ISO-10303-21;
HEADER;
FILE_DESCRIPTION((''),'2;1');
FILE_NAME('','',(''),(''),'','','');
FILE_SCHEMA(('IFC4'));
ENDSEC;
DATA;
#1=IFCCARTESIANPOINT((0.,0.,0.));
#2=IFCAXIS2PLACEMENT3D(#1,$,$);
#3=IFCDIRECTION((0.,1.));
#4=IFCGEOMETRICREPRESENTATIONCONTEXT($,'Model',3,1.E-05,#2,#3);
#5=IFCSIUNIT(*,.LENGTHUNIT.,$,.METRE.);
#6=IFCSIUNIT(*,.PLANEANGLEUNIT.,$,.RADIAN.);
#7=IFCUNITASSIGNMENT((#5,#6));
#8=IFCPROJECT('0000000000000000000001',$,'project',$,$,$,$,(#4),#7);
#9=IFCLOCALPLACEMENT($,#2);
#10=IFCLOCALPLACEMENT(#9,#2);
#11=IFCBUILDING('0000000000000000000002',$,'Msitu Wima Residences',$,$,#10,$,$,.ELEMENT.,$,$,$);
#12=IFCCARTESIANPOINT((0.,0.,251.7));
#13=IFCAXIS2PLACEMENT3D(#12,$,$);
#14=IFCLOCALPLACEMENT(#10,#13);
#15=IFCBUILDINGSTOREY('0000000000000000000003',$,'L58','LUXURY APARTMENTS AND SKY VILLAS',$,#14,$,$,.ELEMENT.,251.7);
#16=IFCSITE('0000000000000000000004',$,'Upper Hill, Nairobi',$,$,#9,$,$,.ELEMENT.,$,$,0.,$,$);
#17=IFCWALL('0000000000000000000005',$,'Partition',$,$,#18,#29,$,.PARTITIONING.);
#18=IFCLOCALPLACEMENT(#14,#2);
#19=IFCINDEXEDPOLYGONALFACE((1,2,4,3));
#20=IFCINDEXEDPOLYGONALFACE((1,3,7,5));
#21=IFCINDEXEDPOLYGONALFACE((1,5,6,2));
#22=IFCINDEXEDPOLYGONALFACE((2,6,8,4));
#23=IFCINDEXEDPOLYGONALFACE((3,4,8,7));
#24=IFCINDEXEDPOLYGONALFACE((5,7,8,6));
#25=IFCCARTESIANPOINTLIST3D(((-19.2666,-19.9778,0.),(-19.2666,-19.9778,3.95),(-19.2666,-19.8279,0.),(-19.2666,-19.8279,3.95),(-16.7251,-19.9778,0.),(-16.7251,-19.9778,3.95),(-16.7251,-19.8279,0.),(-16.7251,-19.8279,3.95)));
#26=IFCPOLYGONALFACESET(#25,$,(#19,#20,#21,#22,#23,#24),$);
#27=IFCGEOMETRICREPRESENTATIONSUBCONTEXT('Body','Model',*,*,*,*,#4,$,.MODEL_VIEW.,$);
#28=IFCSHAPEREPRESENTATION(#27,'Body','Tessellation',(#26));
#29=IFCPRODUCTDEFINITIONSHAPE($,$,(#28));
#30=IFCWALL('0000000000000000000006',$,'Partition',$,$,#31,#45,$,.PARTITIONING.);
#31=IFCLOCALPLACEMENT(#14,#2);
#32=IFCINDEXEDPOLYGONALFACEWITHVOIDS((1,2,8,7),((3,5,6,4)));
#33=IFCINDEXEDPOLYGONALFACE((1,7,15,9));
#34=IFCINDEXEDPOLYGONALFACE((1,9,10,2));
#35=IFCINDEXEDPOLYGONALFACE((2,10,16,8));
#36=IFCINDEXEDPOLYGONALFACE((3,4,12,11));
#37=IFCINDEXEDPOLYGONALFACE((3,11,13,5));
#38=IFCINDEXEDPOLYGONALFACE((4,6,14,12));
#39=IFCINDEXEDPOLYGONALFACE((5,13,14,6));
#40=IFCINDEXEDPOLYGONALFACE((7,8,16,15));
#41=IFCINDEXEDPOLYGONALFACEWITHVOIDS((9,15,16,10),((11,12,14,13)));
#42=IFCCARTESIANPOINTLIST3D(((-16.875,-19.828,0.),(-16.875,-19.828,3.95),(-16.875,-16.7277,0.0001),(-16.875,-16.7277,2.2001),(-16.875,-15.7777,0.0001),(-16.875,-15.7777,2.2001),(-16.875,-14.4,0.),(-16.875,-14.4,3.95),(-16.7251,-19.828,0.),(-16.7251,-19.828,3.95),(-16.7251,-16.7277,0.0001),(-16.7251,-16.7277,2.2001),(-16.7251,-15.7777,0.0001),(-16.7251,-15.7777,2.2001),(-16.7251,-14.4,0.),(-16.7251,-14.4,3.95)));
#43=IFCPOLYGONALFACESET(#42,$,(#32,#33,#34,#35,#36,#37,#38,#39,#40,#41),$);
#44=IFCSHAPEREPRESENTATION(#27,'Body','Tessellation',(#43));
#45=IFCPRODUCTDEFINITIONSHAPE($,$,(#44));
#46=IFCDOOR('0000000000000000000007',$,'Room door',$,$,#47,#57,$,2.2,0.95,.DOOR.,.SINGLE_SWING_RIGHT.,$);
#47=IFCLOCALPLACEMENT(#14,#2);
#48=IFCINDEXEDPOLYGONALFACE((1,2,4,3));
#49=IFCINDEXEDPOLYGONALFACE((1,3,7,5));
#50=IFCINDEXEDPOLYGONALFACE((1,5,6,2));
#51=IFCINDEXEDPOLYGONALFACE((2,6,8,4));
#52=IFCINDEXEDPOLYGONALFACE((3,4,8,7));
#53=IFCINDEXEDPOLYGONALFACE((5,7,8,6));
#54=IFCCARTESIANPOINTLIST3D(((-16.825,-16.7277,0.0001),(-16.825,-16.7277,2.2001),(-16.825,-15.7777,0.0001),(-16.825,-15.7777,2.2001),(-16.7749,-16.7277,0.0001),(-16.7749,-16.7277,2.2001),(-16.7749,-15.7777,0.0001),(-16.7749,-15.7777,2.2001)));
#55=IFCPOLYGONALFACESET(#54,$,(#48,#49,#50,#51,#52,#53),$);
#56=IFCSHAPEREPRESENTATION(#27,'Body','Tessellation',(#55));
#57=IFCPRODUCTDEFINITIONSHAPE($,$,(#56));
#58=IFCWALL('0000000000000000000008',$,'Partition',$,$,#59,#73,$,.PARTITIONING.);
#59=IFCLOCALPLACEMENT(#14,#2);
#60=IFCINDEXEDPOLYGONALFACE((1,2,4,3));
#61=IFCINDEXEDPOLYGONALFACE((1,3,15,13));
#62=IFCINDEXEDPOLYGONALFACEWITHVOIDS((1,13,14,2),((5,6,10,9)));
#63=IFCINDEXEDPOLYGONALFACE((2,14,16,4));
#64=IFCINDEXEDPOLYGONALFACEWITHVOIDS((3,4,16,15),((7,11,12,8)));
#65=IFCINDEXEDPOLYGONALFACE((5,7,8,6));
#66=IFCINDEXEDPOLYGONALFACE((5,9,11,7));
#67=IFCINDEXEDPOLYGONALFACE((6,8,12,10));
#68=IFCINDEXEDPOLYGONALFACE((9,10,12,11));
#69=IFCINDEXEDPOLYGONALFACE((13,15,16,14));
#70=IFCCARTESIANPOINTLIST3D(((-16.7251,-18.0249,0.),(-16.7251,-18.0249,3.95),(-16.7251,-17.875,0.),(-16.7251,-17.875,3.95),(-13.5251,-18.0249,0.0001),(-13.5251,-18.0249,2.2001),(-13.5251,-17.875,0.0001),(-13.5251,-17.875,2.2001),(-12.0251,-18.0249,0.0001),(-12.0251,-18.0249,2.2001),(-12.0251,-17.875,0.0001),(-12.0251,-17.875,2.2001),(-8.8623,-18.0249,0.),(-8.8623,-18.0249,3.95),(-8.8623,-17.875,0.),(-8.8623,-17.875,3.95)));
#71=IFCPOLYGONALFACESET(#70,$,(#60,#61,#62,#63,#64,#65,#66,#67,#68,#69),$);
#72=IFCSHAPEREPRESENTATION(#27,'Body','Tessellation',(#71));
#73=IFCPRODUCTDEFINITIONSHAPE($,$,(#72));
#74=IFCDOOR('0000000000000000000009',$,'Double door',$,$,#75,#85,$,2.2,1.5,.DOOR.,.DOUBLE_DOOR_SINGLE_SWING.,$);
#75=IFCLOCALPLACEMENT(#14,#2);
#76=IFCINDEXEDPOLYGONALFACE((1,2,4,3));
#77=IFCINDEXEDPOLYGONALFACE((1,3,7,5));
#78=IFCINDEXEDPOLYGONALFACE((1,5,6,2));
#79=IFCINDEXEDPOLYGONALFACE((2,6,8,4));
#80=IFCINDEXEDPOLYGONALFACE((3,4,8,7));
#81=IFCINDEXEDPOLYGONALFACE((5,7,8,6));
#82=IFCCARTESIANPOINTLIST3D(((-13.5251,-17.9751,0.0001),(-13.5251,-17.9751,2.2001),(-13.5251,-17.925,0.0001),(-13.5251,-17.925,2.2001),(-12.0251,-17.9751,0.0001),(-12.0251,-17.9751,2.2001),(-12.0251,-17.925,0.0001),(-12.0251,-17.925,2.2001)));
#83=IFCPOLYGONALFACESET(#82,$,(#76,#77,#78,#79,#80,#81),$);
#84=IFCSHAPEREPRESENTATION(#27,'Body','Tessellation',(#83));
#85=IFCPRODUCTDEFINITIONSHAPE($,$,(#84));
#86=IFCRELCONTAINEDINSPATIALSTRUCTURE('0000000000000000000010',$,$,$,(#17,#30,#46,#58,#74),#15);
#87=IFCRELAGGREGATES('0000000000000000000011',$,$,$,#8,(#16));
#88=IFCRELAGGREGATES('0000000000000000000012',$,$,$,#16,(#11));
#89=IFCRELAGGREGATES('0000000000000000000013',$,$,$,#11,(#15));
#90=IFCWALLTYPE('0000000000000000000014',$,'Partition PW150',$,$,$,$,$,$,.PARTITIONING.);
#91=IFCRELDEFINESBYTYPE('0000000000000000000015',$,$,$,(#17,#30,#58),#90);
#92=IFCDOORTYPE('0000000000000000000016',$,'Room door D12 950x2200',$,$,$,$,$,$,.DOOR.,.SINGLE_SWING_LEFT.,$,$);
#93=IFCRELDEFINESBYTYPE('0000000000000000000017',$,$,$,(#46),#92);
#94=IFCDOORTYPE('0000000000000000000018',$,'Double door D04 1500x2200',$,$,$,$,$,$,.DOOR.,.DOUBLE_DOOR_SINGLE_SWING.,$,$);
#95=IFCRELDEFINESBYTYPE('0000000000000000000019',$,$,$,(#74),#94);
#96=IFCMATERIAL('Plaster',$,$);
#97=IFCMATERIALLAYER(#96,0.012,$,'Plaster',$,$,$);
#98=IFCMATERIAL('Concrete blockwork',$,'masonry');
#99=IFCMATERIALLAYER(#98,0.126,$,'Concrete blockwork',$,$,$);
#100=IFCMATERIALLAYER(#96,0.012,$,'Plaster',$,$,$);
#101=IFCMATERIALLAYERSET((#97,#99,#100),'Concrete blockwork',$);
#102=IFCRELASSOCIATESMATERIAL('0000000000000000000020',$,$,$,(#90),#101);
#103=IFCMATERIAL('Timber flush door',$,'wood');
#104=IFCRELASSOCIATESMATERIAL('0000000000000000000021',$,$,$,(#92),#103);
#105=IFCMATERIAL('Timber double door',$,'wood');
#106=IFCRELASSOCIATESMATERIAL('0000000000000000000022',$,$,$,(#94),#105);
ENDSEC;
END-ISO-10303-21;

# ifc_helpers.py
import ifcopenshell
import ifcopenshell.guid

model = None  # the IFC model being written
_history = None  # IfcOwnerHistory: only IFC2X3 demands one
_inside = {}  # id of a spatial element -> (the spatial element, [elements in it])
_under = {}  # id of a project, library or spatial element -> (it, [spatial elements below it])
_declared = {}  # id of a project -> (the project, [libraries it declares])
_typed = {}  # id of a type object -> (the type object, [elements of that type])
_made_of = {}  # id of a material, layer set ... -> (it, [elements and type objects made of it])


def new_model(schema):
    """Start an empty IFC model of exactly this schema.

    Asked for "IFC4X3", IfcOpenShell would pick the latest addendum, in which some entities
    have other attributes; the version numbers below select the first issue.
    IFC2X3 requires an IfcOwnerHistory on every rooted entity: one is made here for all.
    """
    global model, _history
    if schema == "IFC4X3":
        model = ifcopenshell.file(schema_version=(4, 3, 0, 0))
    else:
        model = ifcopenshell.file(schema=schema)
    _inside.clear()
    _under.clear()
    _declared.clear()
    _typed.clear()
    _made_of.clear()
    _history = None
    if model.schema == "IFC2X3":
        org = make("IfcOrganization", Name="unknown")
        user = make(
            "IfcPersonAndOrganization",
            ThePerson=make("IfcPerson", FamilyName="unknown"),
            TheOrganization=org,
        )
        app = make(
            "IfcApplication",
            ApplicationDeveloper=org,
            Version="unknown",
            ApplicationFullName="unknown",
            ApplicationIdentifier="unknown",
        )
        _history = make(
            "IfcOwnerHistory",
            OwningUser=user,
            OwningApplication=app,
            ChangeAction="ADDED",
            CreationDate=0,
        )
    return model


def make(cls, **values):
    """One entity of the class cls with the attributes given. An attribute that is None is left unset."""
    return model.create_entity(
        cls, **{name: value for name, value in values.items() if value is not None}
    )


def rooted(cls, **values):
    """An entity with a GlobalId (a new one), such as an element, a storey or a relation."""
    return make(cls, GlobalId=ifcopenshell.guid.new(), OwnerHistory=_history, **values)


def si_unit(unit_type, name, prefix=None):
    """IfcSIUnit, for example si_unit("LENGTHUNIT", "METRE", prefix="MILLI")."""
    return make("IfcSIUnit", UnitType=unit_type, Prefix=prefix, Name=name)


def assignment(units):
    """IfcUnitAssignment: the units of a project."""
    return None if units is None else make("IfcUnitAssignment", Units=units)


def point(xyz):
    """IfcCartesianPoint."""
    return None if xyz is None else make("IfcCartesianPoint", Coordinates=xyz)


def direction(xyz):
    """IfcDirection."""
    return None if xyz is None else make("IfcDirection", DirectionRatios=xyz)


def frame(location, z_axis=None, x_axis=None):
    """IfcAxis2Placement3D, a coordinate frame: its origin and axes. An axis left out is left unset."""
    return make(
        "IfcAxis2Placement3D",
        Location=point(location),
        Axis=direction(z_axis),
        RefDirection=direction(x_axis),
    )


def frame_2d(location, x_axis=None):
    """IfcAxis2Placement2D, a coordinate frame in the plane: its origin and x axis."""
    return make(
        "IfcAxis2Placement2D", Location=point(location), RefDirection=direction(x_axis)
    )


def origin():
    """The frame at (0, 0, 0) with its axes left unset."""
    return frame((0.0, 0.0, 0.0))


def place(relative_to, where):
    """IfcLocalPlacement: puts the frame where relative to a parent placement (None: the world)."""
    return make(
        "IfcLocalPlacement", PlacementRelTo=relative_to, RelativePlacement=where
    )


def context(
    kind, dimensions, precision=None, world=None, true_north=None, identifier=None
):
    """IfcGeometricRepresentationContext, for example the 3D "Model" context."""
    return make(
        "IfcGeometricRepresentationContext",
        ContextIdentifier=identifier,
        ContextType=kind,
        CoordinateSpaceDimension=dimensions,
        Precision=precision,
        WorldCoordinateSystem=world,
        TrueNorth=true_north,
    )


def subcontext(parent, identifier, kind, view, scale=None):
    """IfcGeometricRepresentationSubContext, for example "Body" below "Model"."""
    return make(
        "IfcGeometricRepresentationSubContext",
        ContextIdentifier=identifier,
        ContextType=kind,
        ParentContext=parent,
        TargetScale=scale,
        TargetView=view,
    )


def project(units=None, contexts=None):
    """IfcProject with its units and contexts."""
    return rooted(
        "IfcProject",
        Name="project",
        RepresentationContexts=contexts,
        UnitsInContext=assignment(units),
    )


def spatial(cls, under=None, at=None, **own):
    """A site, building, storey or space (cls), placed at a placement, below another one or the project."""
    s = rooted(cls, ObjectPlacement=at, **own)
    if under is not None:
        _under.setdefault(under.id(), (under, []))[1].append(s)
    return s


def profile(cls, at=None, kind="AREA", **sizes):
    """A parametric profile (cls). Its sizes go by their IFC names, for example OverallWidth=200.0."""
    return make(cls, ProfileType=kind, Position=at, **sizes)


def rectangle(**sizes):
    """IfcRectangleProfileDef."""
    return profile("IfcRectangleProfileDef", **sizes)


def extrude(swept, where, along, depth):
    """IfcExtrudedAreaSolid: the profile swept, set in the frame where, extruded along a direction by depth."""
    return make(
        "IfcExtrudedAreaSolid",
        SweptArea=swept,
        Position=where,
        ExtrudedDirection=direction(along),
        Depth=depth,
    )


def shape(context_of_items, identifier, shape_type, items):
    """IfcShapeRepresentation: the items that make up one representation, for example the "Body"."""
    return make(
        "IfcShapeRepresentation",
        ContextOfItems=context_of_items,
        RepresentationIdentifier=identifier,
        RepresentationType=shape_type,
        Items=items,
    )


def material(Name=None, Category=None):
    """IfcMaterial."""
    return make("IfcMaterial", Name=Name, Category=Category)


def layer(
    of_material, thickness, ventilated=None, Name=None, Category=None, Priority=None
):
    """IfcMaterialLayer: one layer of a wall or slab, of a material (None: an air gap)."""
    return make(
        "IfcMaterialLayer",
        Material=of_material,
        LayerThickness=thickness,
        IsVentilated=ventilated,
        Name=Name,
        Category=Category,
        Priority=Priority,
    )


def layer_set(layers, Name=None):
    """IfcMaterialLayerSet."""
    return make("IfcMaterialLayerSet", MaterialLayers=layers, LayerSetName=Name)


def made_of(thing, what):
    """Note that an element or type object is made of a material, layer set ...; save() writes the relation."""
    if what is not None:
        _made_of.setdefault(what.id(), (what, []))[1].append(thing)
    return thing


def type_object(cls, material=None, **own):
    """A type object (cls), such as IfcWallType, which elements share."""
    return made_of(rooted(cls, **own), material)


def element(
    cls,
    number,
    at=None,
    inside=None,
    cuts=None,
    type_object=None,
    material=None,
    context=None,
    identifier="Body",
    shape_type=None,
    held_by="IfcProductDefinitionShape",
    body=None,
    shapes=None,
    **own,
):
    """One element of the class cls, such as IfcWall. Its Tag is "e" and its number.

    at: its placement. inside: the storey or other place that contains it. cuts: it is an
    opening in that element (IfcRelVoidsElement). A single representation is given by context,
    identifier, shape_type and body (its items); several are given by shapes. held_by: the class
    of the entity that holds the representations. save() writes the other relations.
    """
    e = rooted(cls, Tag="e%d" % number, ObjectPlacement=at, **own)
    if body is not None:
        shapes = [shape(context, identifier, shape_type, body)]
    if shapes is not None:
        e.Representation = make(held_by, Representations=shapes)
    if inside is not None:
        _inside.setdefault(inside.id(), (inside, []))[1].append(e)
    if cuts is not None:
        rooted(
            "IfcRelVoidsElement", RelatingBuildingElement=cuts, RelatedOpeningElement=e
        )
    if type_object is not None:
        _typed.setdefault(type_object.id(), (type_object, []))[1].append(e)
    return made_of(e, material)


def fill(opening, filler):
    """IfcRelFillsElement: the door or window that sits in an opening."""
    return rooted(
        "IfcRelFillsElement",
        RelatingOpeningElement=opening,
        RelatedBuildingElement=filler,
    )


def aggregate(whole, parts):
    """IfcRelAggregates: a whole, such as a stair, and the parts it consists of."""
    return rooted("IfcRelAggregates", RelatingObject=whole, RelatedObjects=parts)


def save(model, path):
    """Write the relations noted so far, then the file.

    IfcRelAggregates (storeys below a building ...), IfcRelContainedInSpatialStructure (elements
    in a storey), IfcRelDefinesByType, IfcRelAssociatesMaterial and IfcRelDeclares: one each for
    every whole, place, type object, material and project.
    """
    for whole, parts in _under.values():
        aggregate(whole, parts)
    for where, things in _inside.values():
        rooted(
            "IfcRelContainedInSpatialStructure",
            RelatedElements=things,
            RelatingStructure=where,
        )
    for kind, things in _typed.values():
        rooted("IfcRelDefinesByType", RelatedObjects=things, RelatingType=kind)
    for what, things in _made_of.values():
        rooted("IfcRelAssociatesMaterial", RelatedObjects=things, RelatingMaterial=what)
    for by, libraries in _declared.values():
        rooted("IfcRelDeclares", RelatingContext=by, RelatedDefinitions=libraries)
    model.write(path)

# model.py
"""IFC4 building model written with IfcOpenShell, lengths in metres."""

from ifc_helpers import new_model, si_unit, direction, frame, frame_2d, origin, place, context, subcontext, project, spatial, rectangle, extrude, material, layer, layer_set, type_object, element, fill, save


model = new_model("IFC4")

# Units and contexts
model_context = context("Model", 3, precision=1e-05, world=origin(), true_north=direction((0.0, 1.0)))
body_context = subcontext(model_context, "Body", "Model", "MODEL_VIEW")
ifc_project = project(units=[si_unit("LENGTHUNIT", "METRE"), si_unit("PLANEANGLEUNIT", "RADIAN")], contexts=[model_context])

# Site, building, storey
site_placement = place(None, origin())
site = spatial("IfcSite", under=ifc_project, at=site_placement, Name="Upper Hill, Nairobi", CompositionType="ELEMENT", RefElevation=0.0)
building_placement = place(site_placement, origin())
building = spatial("IfcBuilding", under=site, at=building_placement, Name="Msitu Wima Residences", CompositionType="ELEMENT")
storey_placement = place(building_placement, frame((0.0, 0.0, 251.7)))
storey = spatial("IfcBuildingStorey", under=building, at=storey_placement, Name="L58", Description="LUXURY APARTMENTS AND SKY VILLAS", CompositionType="ELEMENT", Elevation=251.7)

# Shared definitions
ifc_material_1 = material(Name="Plaster")
ifc_material_2 = material(Name="Concrete blockwork", Category="masonry")

# Wall
ifc_layer_1 = layer(ifc_material_1, 0.012, Name="Plaster")
ifc_layer_2 = layer(ifc_material_2, 0.126, Name="Concrete blockwork")
ifc_layer_3 = layer(ifc_material_1, 0.012, Name="Plaster")
ifc_layer_set_1 = layer_set([ifc_layer_1, ifc_layer_2, ifc_layer_3], Name="Concrete blockwork")
wall_type_1 = type_object("IfcWallType", Name="Partition PW150", PredefinedType="PARTITIONING", material=ifc_layer_set_1)
wall_1_placement = place(storey_placement, frame((-19.2666, -19.9028, 0.0), z_axis=(0.0, 0.0, 1.0), x_axis=(1.0, 0.0, 0.0)))
element("IfcWall", 1, at=wall_1_placement, inside=storey, type_object=wall_type_1, Name="Partition", PredefinedType="PARTITIONING", context=body_context, shape_type="SweptSolid", body=[
    extrude(rectangle(XDim=2.5415, YDim=0.1499, at=frame_2d((1.2708, 0.0))), origin(), (0.0, 0.0, 1.0), 3.95),
])

# Walls, openings, doors
wall_2_placement = place(storey_placement, frame((-16.8, -19.8279, 0.0), z_axis=(0.0, 0.0, 1.0), x_axis=(0.0, 1.0, 0.0)))
wall_2 = element("IfcWall", 2, at=wall_2_placement, inside=storey, type_object=wall_type_1, Name="Partition", PredefinedType="PARTITIONING", context=body_context, shape_type="SweptSolid", body=[
    extrude(rectangle(XDim=5.428, YDim=0.1499, at=frame_2d((2.7139, 0.0))), origin(), (0.0, 0.0, 1.0), 3.95),
])
opening_1_placement = place(wall_2_placement, frame((3.1001, 0.0, 0.0)))
opening_1 = element("IfcOpeningElement", 3, at=opening_1_placement, cuts=wall_2, PredefinedType="OPENING", context=body_context, shape_type="SweptSolid", body=[
    extrude(rectangle(XDim=0.95, YDim=2.2, at=frame_2d((0.4751, 1.1001))), frame((0.0, 0.085, 0.0), z_axis=(0.0, -1.0, 0.0), x_axis=(1.0, 0.0, 0.0)), (0.0, 0.0, 1.0), 0.1699),
])
ifc_material_3 = material(Name="Timber flush door", Category="wood")
door_type_1 = type_object("IfcDoorType", Name="Room door D12 950x2200", OperationType="SINGLE_SWING_LEFT", PredefinedType="DOOR", material=ifc_material_3)
door_1_placement = place(opening_1_placement, origin())
door_1 = element("IfcDoor", 4, at=door_1_placement, inside=storey, type_object=door_type_1, Name="Room door", OperationType="SINGLE_SWING_RIGHT", OverallHeight=2.2, OverallWidth=0.95, PredefinedType="DOOR", context=body_context, shape_type="SweptSolid", body=[
    extrude(rectangle(XDim=0.95, YDim=2.2, at=frame_2d((0.4751, 1.1001))), frame((0.0, 0.0249, 0.0), z_axis=(0.0, -1.0, 0.0), x_axis=(1.0, 0.0, 0.0)), (0.0, 0.0, 1.0), 0.05),
])
fill(opening_1, door_1)
wall_3_placement = place(storey_placement, frame((-16.7251, -17.95, 0.0), z_axis=(0.0, 0.0, 1.0), x_axis=(1.0, 0.0, 0.0)))
wall_3 = element("IfcWall", 5, at=wall_3_placement, inside=storey, type_object=wall_type_1, Name="Partition", PredefinedType="PARTITIONING", context=body_context, shape_type="SweptSolid", body=[
    extrude(rectangle(XDim=7.8628, YDim=0.1499, at=frame_2d((3.9314, 0.0))), origin(), (0.0, 0.0, 1.0), 3.95),
])
opening_2_placement = place(wall_3_placement, frame((3.2, 0.0, 0.0)))
opening_2 = element("IfcOpeningElement", 6, at=opening_2_placement, cuts=wall_3, PredefinedType="OPENING", context=body_context, shape_type="SweptSolid", body=[
    extrude(rectangle(XDim=1.5, YDim=2.2, at=frame_2d((0.75, 1.1001))), frame((0.0, 0.085, 0.0), z_axis=(0.0, -1.0, 0.0), x_axis=(1.0, 0.0, 0.0)), (0.0, 0.0, 1.0), 0.1699),
])
ifc_material_4 = material(Name="Timber double door", Category="wood")
door_type_2 = type_object("IfcDoorType", Name="Double door D04 1500x2200", OperationType="DOUBLE_DOOR_SINGLE_SWING", PredefinedType="DOOR", material=ifc_material_4)
door_2_placement = place(opening_2_placement, origin())
door_2 = element("IfcDoor", 7, at=door_2_placement, inside=storey, type_object=door_type_2, Name="Double door", OperationType="DOUBLE_DOOR_SINGLE_SWING", OverallHeight=2.2, OverallWidth=1.5, PredefinedType="DOOR", context=body_context, shape_type="SweptSolid", body=[
    extrude(rectangle(XDim=1.5, YDim=2.2, at=frame_2d((0.75, 1.1001))), frame((0.0, 0.0249, 0.0), z_axis=(0.0, -1.0, 0.0), x_axis=(1.0, 0.0, 0.0)), (0.0, 0.0, 1.0), 0.05),
])
fill(opening_2, door_2)

save(model, "model.ifc")
